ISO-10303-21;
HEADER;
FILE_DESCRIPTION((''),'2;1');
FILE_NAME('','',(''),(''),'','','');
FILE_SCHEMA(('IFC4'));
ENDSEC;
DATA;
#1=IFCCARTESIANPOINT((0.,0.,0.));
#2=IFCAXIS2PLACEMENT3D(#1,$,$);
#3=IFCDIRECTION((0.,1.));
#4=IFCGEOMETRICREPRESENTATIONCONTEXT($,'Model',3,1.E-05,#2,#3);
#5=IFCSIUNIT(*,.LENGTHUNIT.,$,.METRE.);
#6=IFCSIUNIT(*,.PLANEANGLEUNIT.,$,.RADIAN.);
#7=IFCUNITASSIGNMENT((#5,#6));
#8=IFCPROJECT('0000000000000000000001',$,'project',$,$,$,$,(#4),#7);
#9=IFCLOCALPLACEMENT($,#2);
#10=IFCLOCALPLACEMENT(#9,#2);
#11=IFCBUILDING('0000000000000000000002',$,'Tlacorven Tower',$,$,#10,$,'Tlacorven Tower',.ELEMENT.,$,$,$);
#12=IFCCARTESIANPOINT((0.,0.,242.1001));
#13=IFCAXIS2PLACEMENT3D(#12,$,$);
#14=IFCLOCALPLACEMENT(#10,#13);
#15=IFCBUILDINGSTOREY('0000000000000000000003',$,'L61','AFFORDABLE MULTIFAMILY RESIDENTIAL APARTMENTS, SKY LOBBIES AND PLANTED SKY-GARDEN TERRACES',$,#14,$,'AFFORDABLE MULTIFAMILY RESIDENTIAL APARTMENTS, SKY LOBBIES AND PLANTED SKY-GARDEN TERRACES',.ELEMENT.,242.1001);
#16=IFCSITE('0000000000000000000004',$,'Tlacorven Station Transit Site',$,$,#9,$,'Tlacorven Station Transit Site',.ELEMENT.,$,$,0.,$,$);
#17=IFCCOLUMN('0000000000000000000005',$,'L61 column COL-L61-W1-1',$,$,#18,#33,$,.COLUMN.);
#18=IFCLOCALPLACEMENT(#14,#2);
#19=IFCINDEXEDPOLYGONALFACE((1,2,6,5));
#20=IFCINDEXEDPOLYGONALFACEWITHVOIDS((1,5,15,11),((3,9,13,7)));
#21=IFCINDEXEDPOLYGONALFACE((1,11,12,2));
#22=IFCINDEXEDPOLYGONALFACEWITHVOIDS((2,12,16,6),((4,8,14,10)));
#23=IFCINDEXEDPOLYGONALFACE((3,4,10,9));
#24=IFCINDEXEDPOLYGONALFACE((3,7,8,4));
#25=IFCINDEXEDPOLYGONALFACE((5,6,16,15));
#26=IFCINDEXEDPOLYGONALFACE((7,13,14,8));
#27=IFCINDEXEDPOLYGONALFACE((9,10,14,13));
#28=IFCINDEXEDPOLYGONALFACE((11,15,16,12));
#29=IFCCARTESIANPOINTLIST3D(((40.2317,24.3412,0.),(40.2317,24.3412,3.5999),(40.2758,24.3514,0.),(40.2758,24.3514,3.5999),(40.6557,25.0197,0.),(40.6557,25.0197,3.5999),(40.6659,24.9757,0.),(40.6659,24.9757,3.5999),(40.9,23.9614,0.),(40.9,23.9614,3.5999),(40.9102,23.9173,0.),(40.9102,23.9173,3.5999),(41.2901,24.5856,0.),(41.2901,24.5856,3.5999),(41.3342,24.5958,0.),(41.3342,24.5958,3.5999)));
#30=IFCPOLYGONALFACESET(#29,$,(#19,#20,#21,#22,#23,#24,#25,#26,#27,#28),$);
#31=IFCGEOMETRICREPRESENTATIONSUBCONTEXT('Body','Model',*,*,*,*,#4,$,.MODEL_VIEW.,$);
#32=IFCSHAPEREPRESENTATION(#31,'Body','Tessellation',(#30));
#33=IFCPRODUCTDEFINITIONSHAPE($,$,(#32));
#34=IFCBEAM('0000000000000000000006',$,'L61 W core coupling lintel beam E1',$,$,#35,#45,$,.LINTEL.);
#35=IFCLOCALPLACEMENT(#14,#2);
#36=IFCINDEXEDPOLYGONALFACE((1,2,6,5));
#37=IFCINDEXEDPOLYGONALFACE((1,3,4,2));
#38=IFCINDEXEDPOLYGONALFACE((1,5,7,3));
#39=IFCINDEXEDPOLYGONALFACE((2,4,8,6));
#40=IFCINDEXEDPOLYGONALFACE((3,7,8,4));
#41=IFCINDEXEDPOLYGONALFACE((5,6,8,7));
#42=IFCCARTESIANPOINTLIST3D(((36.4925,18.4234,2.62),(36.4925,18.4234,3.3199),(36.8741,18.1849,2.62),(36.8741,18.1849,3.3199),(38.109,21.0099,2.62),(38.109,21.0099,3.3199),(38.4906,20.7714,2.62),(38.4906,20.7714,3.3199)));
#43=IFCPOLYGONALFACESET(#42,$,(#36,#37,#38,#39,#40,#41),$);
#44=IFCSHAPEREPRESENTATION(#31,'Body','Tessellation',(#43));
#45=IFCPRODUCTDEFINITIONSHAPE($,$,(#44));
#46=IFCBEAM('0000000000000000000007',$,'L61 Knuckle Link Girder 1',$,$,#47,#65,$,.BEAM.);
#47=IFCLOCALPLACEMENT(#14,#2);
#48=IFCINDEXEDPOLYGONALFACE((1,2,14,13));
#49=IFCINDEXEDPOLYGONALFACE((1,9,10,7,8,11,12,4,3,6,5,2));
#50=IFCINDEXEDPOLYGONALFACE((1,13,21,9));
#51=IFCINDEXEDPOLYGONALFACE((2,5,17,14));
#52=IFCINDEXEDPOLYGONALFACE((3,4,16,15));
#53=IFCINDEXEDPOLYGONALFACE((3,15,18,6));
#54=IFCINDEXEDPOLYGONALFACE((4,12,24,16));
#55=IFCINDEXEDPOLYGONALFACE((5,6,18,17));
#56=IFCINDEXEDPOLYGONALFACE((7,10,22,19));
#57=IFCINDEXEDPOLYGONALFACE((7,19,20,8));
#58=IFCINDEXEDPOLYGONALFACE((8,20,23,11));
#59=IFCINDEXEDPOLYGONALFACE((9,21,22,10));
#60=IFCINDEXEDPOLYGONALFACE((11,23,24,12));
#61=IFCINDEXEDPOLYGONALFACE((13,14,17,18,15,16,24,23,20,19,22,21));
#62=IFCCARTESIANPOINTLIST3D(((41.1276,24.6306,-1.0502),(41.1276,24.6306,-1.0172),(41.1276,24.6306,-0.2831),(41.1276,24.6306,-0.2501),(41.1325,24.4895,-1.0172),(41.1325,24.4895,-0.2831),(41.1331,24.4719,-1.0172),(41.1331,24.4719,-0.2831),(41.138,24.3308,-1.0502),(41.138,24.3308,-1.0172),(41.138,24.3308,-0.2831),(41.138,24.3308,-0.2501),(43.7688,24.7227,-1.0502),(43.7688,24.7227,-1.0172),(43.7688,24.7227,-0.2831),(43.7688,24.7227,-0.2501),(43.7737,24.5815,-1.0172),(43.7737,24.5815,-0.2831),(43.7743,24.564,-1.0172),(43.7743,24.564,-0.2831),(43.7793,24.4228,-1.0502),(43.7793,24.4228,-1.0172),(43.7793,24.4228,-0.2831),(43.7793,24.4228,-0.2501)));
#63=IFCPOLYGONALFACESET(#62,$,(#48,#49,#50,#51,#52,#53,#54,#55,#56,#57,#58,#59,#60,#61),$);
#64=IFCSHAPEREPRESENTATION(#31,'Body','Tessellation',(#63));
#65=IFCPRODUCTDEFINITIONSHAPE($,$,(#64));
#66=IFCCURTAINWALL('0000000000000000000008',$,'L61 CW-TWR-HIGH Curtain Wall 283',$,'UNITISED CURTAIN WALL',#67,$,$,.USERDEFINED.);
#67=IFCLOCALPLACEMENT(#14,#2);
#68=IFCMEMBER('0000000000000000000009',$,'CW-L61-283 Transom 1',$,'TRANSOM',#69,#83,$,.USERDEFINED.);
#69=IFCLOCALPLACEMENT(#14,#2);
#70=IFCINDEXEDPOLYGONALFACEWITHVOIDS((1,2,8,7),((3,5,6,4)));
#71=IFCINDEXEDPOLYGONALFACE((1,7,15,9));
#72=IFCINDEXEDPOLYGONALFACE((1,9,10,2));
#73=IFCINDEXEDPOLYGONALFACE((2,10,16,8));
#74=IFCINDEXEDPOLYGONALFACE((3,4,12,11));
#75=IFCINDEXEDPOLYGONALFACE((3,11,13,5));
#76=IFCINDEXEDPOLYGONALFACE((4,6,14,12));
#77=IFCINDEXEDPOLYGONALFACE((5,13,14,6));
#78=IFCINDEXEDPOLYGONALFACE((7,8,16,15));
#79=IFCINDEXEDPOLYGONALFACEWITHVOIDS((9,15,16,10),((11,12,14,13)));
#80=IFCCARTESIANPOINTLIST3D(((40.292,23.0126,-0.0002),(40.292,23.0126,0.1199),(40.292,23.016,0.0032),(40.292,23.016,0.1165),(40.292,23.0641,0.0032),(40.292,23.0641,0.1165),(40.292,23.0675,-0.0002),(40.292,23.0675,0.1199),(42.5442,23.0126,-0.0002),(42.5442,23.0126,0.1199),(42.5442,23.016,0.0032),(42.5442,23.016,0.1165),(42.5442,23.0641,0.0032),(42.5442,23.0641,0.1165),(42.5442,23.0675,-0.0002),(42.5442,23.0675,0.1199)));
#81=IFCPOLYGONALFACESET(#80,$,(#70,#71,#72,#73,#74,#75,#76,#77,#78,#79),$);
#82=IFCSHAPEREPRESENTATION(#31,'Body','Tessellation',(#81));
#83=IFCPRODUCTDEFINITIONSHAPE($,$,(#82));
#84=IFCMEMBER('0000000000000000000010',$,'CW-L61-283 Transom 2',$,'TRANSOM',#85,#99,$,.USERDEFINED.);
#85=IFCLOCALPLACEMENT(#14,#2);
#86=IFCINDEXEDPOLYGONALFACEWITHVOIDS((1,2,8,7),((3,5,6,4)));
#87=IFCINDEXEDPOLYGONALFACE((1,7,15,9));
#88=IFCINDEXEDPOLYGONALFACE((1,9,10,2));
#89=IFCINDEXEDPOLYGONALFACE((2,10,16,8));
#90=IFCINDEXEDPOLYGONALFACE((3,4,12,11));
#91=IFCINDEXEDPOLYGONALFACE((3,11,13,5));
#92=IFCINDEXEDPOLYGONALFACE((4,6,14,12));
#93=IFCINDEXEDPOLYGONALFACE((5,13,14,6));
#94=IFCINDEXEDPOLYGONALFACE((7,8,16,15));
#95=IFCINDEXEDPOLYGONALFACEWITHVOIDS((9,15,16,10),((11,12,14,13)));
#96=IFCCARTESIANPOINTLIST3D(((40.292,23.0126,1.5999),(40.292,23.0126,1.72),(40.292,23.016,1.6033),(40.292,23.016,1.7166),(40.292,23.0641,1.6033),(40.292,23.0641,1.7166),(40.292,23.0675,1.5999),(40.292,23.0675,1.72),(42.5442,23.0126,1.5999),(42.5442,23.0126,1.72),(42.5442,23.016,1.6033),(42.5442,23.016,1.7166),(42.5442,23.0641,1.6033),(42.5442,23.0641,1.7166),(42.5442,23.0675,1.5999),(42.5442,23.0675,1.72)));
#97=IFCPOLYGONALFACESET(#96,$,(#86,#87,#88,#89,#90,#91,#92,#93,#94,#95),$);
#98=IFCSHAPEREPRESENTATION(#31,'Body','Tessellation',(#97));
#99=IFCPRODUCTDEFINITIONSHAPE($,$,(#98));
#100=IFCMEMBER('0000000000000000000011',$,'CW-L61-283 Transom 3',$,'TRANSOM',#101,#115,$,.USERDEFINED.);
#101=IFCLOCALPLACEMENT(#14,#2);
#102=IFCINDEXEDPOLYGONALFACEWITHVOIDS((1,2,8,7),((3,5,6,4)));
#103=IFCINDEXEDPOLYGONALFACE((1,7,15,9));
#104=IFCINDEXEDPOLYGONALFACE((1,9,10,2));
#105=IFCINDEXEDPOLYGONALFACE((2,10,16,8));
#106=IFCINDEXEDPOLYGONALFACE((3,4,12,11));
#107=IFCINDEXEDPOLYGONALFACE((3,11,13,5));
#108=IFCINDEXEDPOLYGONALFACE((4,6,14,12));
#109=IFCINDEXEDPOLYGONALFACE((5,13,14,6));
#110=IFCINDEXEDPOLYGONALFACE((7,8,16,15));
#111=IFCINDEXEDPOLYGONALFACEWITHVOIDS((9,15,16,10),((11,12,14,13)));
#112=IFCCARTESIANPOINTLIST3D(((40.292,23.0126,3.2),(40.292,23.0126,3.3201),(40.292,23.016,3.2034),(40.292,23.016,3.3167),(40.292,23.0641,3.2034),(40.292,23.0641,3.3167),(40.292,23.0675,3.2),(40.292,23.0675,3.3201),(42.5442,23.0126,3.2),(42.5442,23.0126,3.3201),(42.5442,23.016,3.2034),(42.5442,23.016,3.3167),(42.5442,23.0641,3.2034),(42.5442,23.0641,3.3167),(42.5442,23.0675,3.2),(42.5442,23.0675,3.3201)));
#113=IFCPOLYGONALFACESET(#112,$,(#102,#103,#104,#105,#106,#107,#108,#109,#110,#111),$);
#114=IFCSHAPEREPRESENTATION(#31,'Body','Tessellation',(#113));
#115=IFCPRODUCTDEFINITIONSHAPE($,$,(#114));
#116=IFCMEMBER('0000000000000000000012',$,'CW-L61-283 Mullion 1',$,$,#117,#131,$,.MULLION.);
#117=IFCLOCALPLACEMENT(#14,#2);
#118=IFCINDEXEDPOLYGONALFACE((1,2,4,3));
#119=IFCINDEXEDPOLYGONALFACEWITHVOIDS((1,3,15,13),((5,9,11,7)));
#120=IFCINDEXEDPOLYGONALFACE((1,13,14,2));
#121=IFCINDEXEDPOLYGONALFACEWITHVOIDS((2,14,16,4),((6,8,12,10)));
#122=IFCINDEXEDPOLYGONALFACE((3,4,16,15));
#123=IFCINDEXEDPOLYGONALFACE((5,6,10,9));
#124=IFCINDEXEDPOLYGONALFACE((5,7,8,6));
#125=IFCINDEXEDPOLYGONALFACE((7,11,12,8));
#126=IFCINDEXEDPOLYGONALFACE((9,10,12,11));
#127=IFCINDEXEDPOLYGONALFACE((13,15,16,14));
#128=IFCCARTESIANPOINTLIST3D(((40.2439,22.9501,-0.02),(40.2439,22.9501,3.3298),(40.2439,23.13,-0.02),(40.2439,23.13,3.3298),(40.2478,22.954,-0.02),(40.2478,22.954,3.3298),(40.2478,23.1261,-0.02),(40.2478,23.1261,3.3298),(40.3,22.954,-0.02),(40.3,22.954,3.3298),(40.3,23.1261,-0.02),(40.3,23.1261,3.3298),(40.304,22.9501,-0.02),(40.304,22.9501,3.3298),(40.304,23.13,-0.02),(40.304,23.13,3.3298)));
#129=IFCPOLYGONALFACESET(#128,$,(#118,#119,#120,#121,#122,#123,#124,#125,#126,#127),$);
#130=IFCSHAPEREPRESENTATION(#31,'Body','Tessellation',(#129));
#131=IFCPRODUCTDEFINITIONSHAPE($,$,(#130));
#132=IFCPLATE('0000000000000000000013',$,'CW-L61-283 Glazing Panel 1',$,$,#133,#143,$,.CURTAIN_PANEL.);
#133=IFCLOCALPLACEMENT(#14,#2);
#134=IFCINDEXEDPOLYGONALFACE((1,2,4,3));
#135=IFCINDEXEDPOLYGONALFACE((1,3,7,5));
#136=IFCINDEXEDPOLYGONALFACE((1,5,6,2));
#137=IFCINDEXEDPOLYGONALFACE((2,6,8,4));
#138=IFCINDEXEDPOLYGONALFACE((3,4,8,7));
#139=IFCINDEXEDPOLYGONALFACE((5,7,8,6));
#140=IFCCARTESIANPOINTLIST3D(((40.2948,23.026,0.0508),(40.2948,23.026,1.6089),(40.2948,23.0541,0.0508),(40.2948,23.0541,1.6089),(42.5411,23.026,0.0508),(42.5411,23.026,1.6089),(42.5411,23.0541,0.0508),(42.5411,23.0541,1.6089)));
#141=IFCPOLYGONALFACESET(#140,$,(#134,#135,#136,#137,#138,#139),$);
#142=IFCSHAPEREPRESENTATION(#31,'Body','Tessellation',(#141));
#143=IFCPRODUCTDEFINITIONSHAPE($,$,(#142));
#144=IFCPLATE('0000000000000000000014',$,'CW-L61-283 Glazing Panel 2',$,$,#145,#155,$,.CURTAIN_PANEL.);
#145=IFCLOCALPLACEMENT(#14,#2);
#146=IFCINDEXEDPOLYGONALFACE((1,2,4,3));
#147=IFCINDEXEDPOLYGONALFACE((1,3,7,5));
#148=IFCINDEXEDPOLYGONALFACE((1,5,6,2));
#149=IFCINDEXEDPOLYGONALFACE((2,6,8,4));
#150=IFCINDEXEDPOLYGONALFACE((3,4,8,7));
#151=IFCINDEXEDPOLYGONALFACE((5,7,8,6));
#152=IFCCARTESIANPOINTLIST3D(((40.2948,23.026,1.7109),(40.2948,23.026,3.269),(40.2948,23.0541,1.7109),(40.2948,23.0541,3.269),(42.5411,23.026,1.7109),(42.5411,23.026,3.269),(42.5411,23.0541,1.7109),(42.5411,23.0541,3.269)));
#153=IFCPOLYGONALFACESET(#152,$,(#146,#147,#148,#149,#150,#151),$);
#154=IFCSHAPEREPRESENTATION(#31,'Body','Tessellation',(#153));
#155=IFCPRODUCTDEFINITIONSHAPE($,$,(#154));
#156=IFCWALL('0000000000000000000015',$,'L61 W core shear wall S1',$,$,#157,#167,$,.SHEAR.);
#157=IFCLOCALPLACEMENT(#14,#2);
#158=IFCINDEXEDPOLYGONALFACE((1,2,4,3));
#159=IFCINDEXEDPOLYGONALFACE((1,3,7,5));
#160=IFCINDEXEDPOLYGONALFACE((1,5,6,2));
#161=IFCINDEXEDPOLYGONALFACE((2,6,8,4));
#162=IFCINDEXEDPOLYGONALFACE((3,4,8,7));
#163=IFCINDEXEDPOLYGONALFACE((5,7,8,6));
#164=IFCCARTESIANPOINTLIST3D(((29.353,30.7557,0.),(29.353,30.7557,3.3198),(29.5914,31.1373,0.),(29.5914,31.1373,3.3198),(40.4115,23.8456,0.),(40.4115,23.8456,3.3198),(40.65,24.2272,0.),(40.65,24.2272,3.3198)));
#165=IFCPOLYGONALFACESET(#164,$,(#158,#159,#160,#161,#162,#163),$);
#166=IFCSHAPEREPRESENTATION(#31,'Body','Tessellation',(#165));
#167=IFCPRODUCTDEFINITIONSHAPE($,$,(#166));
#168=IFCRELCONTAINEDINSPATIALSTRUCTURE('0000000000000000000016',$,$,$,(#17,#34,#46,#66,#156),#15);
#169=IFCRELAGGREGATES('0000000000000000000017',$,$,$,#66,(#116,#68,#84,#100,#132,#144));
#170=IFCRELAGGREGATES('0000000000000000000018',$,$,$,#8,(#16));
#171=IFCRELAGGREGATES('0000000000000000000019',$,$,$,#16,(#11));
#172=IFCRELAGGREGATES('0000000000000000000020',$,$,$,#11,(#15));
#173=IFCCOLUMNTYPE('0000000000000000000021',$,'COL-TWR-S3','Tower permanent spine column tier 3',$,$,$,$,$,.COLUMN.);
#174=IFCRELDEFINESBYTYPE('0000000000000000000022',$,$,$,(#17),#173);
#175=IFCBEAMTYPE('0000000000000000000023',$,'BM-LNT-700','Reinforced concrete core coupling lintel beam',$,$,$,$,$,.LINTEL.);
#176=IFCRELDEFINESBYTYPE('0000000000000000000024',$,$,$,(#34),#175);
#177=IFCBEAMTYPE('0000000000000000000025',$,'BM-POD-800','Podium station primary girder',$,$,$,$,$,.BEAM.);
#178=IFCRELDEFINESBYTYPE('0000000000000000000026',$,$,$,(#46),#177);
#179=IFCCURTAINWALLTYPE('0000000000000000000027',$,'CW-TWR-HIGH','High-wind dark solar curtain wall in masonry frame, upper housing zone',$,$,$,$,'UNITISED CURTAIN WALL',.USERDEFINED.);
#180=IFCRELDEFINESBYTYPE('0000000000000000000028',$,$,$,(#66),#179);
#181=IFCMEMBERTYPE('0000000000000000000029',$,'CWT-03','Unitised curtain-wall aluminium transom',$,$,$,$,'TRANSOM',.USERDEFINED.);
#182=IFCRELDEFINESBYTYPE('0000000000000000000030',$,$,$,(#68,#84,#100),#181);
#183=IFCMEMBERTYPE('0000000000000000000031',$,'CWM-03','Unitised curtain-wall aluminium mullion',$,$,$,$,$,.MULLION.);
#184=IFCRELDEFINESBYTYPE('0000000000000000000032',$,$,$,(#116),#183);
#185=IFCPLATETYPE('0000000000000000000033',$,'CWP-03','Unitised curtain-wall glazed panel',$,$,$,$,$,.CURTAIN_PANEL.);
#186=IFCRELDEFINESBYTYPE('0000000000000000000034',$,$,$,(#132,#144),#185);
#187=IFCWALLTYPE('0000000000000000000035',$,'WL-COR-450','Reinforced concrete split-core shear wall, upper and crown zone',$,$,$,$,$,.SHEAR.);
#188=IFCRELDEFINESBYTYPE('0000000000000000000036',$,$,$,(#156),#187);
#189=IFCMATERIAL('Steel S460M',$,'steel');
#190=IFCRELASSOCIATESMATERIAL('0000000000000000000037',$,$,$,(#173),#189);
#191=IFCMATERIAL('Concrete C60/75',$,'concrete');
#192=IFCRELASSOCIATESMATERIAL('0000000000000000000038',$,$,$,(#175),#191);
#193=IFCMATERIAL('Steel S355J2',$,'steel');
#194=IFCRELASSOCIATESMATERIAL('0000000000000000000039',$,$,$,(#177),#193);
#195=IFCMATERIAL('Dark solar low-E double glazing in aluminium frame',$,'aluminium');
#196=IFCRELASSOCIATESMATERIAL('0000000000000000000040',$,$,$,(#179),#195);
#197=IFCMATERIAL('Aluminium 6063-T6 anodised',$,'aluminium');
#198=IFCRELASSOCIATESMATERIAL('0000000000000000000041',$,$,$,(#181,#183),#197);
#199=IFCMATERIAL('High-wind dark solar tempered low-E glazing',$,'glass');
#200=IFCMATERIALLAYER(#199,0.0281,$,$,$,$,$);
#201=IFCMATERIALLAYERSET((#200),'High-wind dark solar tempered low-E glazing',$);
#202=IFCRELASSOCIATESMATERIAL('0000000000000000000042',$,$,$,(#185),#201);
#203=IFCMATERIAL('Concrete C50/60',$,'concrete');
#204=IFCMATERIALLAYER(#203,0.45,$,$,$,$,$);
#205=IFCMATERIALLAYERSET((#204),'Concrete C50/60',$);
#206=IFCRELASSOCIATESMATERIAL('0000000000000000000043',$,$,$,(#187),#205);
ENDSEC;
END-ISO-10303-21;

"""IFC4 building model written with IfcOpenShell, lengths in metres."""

from ifc_helpers import new_model, si_unit, direction, frame, frame_2d, origin, origin_2d, place, context, subcontext, project, spatial, rectangle, hollow_rectangle, i_section, extrude, source, transform, mapped, material, layer, layer_set, material_profile, profile_set, type_object, element, aggregate, save


model = new_model("IFC4")

# Units and contexts
model_context = context("Model", 3, precision=1e-05, world=origin(), true_north=direction((0.0, 1.0)))
body_context = subcontext(model_context, "Body", "Model", "MODEL_VIEW")
ifc_project = project(units=[si_unit("LENGTHUNIT", "METRE"), si_unit("PLANEANGLEUNIT", "RADIAN")], contexts=[model_context])

# Site, building, storey
site_placement = place(None, origin())
site = spatial("IfcSite", under=ifc_project, at=site_placement, Name="Tlacorven Station Transit Site", LongName="Tlacorven Station Transit Site", CompositionType="ELEMENT", RefElevation=0.0)
building_placement = place(site_placement, origin())
building = spatial("IfcBuilding", under=site, at=building_placement, Name="Tlacorven Tower", LongName="Tlacorven Tower", CompositionType="ELEMENT")
storey_placement = place(building_placement, frame((0.0, 0.0, 242.1001)))
storey = spatial("IfcBuildingStorey", under=building, at=storey_placement, Name="L61", Description="AFFORDABLE MULTIFAMILY RESIDENTIAL APARTMENTS, SKY LOBBIES AND PLANTED SKY-GARDEN TERRACES", LongName="AFFORDABLE MULTIFAMILY RESIDENTIAL APARTMENTS, SKY LOBBIES AND PLANTED SKY-GARDEN TERRACES", CompositionType="ELEMENT", Elevation=242.1001)

# Column
ifc_material_1 = material(Name="Steel S460M", Category="steel")
ifc_material_profile_1 = material_profile(ifc_material_1, hollow_rectangle(XDim=0.8, YDim=0.8, WallThickness=0.032, at=origin_2d()), Name="BOX 800X800X32")
ifc_profile_set_1 = profile_set([ifc_material_profile_1], Name="Steel S460M")
column_type = type_object("IfcColumnType", Name="COL-TWR-S3", Description="Tower permanent spine column tier 3", PredefinedType="COLUMN", material=ifc_profile_set_1)
shared_shape_1 = source(origin(), body_context, "Body", "SweptSolid", [
    extrude(hollow_rectangle(XDim=0.8, YDim=0.8, WallThickness=0.032, at=origin_2d()), origin(), (0.0, 0.0, 1.0), 3.5999),
])
column_placement = place(storey_placement, frame((40.783, 24.4685, 0.0), z_axis=(0.0, 0.0, 1.0), x_axis=(-0.848048, 0.529919, 0.0)))
element("IfcColumn", 1, at=column_placement, inside=storey, type_object=column_type, Name="L61 column COL-L61-W1-1", PredefinedType="COLUMN", context=body_context, shape_type="MappedRepresentation", body=[
    mapped(shared_shape_1, transform((0.0, 0.0, 0.0), scale=1.0)),
])

# Beams
ifc_material_2 = material(Name="Concrete C60/75", Category="concrete")
ifc_material_profile_2 = material_profile(ifc_material_2, rectangle(XDim=0.45, YDim=0.7, at=origin_2d()), Name="RC 450X700")
ifc_profile_set_2 = profile_set([ifc_material_profile_2], Name="Concrete C60/75")
beam_type_1 = type_object("IfcBeamType", Name="BM-LNT-700", Description="Reinforced concrete core coupling lintel beam", PredefinedType="LINTEL", material=ifc_profile_set_2)
shared_shape_2 = source(origin(), body_context, "Body", "SweptSolid", [
    extrude(rectangle(XDim=0.45, YDim=0.7, at=origin_2d()), origin(), (0.0, 0.0, 1.0), 3.05),
])
beam_1_placement = place(storey_placement, frame((38.2998, 20.8906, 2.97), z_axis=(-0.529985, -0.848007, 0.0), x_axis=(0.848007, -0.529985, 0.0)))
element("IfcBeam", 2, at=beam_1_placement, inside=storey, type_object=beam_type_1, Name="L61 W core coupling lintel beam E1", PredefinedType="LINTEL", context=body_context, shape_type="MappedRepresentation", body=[
    mapped(shared_shape_2, transform((0.0, 0.0, 0.0), scale=1.0)),
])
ifc_material_3 = material(Name="Steel S355J2", Category="steel")
ifc_material_profile_3 = material_profile(ifc_material_3, i_section(OverallWidth=0.3, OverallDepth=0.8, WebThickness=0.0176, FlangeThickness=0.033, at=origin_2d()), Name="HEB 800")
ifc_profile_set_3 = profile_set([ifc_material_profile_3], Name="Steel S355J2")
beam_type_2 = type_object("IfcBeamType", Name="BM-POD-800", Description="Podium station primary girder", PredefinedType="BEAM", material=ifc_profile_set_3)
shared_shape_3 = source(origin(), body_context, "Body", "SweptSolid", [
    extrude(i_section(OverallWidth=0.3, OverallDepth=0.8, WebThickness=0.0176, FlangeThickness=0.033, at=origin_2d()), origin(), (0.0, 0.0, 1.0), 2.6428),
])
beam_2_placement = place(storey_placement, frame((41.1328, 24.4807, -0.6501), z_axis=(0.999393, 0.034828, 0.0), x_axis=(-0.034828, 0.999393, 0.0)))
element("IfcBeam", 3, at=beam_2_placement, inside=storey, type_object=beam_type_2, Name="L61 Knuckle Link Girder 1", PredefinedType="BEAM", context=body_context, shape_type="MappedRepresentation", body=[
    mapped(shared_shape_3, transform((0.0, 0.0, 0.0), scale=1.0)),
])

# Curtain wall, members, plates
ifc_material_4 = material(Name="Dark solar low-E double glazing in aluminium frame", Category="aluminium")
curtain_wall_type = type_object("IfcCurtainWallType", Name="CW-TWR-HIGH", Description="High-wind dark solar curtain wall in masonry frame, upper housing zone", ElementType="UNITISED CURTAIN WALL", PredefinedType="USERDEFINED", material=ifc_material_4)
curtain_wall_placement = place(storey_placement, origin())
curtain_wall = element("IfcCurtainWall", 4, at=curtain_wall_placement, inside=storey, type_object=curtain_wall_type, Name="L61 CW-TWR-HIGH Curtain Wall 283", ObjectType="UNITISED CURTAIN WALL", PredefinedType="USERDEFINED")
ifc_material_5 = material(Name="Aluminium 6063-T6 anodised", Category="aluminium")
ifc_material_profile_4 = material_profile(ifc_material_5, hollow_rectangle(XDim=0.0549, YDim=0.1201, WallThickness=0.0034, at=origin_2d()), Name="ALU TRANSOM 55X120")
ifc_profile_set_4 = profile_set([ifc_material_profile_4], Name="Aluminium 6063-T6 anodised")
member_type_1 = type_object("IfcMemberType", Name="CWT-03", Description="Unitised curtain-wall aluminium transom", ElementType="TRANSOM", PredefinedType="USERDEFINED", material=ifc_profile_set_4)
shared_shape_4 = source(origin(), body_context, "Body", "SweptSolid", [
    extrude(hollow_rectangle(XDim=0.0549, YDim=0.1201, WallThickness=0.0034, at=origin_2d()), origin(), (0.0, 0.0, 1.0), 2.2522),
])
member_1_placement = place(storey_placement, frame((40.292, 23.04, 0.0598), z_axis=(1.0, 0.0, 0.0), x_axis=(0.0, 1.0, 0.0)))
member_1 = element("IfcMember", 5, at=member_1_placement, type_object=member_type_1, Name="CW-L61-283 Transom 1", ObjectType="TRANSOM", PredefinedType="USERDEFINED", context=body_context, shape_type="MappedRepresentation", body=[
    mapped(shared_shape_4, transform((0.0, 0.0, 0.0), scale=1.0)),
])
member_2_placement = place(storey_placement, frame((40.292, 23.04, 1.6599), z_axis=(1.0, 0.0, 0.0), x_axis=(0.0, 1.0, 0.0)))
member_2 = element("IfcMember", 6, at=member_2_placement, type_object=member_type_1, Name="CW-L61-283 Transom 2", ObjectType="TRANSOM", PredefinedType="USERDEFINED", context=body_context, shape_type="MappedRepresentation", body=[
    mapped(shared_shape_4, transform((0.0, 0.0, 0.0), scale=1.0)),
])
member_3_placement = place(storey_placement, frame((40.292, 23.04, 3.26), z_axis=(1.0, 0.0, 0.0), x_axis=(0.0, 1.0, 0.0)))
member_3 = element("IfcMember", 7, at=member_3_placement, type_object=member_type_1, Name="CW-L61-283 Transom 3", ObjectType="TRANSOM", PredefinedType="USERDEFINED", context=body_context, shape_type="MappedRepresentation", body=[
    mapped(shared_shape_4, transform((0.0, 0.0, 0.0), scale=1.0)),
])
ifc_material_profile_5 = material_profile(ifc_material_5, hollow_rectangle(XDim=0.0601, YDim=0.1799, WallThickness=0.0039, at=origin_2d()), Name="ALU MULLION 60X180")
ifc_profile_set_5 = profile_set([ifc_material_profile_5], Name="Aluminium 6063-T6 anodised")
member_type_2 = type_object("IfcMemberType", Name="CWM-03", Description="Unitised curtain-wall aluminium mullion", PredefinedType="MULLION", material=ifc_profile_set_5)
shared_shape_5 = source(origin(), body_context, "Body", "SweptSolid", [
    extrude(hollow_rectangle(XDim=0.0601, YDim=0.1799, WallThickness=0.0039, at=origin_2d()), origin(), (0.0, 0.0, 1.0), 3.3499),
])
member_4_placement = place(storey_placement, frame((40.2739, 23.04, -0.02), z_axis=(0.0, 0.0, 1.0), x_axis=(1.0, 0.0, 0.0)))
member_4 = element("IfcMember", 8, at=member_4_placement, type_object=member_type_2, Name="CW-L61-283 Mullion 1", PredefinedType="MULLION", context=body_context, shape_type="MappedRepresentation", body=[
    mapped(shared_shape_5, transform((0.0, 0.0, 0.0), scale=1.0)),
])
ifc_material_6 = material(Name="High-wind dark solar tempered low-E glazing", Category="glass")
ifc_layer_1 = layer(ifc_material_6, 0.0281)
ifc_layer_set_1 = layer_set([ifc_layer_1], Name="High-wind dark solar tempered low-E glazing")
plate_type = type_object("IfcPlateType", Name="CWP-03", Description="Unitised curtain-wall glazed panel", PredefinedType="CURTAIN_PANEL", material=ifc_layer_set_1)
shared_shape_6 = source(origin(), body_context, "Body", "SweptSolid", [
    extrude(rectangle(XDim=2.2463, YDim=0.0281, at=origin_2d()), origin(), (0.0, 0.0, 1.0), 1.5581),
])
plate_1_placement = place(storey_placement, frame((41.418, 23.04, 0.0508), z_axis=(0.0, 0.0, 1.0), x_axis=(1.0, 0.0, 0.0)))
plate_1 = element("IfcPlate", 9, at=plate_1_placement, type_object=plate_type, Name="CW-L61-283 Glazing Panel 1", PredefinedType="CURTAIN_PANEL", context=body_context, shape_type="MappedRepresentation", body=[
    mapped(shared_shape_6, transform((0.0, 0.0, 0.0), scale=1.0)),
])
plate_2_placement = place(storey_placement, frame((41.418, 23.04, 1.7109), z_axis=(0.0, 0.0, 1.0), x_axis=(1.0, 0.0, 0.0)))
plate_2 = element("IfcPlate", 10, at=plate_2_placement, type_object=plate_type, Name="CW-L61-283 Glazing Panel 2", PredefinedType="CURTAIN_PANEL", context=body_context, shape_type="MappedRepresentation", body=[
    mapped(shared_shape_6, transform((0.0, 0.0, 0.0), scale=1.0)),
])
aggregate(curtain_wall, [member_4, member_1, member_2, member_3, plate_1, plate_2])

# Wall
ifc_material_7 = material(Name="Concrete C50/60", Category="concrete")
ifc_layer_2 = layer(ifc_material_7, 0.45)
ifc_layer_set_2 = layer_set([ifc_layer_2], Name="Concrete C50/60")
wall_type_1 = type_object("IfcWallType", Name="WL-COR-450", Description="Reinforced concrete split-core shear wall, upper and crown zone", PredefinedType="SHEAR", material=ifc_layer_set_2)
wall_1_placement = place(storey_placement, frame((40.5308, 24.0364, 0.0), z_axis=(0.0, 0.0, 1.0), x_axis=(-0.848049, 0.529918, 0.0)))
element("IfcWall", 11, at=wall_1_placement, inside=storey, type_object=wall_type_1, Name="L61 W core shear wall S1", PredefinedType="SHEAR", context=body_context, shape_type="SweptSolid", body=[
    extrude(rectangle(XDim=13.04, YDim=0.45, at=frame_2d((6.52, 0.0))), origin(), (0.0, 0.0, 1.0), 3.3198),
])

save(model, "model.ifc")
